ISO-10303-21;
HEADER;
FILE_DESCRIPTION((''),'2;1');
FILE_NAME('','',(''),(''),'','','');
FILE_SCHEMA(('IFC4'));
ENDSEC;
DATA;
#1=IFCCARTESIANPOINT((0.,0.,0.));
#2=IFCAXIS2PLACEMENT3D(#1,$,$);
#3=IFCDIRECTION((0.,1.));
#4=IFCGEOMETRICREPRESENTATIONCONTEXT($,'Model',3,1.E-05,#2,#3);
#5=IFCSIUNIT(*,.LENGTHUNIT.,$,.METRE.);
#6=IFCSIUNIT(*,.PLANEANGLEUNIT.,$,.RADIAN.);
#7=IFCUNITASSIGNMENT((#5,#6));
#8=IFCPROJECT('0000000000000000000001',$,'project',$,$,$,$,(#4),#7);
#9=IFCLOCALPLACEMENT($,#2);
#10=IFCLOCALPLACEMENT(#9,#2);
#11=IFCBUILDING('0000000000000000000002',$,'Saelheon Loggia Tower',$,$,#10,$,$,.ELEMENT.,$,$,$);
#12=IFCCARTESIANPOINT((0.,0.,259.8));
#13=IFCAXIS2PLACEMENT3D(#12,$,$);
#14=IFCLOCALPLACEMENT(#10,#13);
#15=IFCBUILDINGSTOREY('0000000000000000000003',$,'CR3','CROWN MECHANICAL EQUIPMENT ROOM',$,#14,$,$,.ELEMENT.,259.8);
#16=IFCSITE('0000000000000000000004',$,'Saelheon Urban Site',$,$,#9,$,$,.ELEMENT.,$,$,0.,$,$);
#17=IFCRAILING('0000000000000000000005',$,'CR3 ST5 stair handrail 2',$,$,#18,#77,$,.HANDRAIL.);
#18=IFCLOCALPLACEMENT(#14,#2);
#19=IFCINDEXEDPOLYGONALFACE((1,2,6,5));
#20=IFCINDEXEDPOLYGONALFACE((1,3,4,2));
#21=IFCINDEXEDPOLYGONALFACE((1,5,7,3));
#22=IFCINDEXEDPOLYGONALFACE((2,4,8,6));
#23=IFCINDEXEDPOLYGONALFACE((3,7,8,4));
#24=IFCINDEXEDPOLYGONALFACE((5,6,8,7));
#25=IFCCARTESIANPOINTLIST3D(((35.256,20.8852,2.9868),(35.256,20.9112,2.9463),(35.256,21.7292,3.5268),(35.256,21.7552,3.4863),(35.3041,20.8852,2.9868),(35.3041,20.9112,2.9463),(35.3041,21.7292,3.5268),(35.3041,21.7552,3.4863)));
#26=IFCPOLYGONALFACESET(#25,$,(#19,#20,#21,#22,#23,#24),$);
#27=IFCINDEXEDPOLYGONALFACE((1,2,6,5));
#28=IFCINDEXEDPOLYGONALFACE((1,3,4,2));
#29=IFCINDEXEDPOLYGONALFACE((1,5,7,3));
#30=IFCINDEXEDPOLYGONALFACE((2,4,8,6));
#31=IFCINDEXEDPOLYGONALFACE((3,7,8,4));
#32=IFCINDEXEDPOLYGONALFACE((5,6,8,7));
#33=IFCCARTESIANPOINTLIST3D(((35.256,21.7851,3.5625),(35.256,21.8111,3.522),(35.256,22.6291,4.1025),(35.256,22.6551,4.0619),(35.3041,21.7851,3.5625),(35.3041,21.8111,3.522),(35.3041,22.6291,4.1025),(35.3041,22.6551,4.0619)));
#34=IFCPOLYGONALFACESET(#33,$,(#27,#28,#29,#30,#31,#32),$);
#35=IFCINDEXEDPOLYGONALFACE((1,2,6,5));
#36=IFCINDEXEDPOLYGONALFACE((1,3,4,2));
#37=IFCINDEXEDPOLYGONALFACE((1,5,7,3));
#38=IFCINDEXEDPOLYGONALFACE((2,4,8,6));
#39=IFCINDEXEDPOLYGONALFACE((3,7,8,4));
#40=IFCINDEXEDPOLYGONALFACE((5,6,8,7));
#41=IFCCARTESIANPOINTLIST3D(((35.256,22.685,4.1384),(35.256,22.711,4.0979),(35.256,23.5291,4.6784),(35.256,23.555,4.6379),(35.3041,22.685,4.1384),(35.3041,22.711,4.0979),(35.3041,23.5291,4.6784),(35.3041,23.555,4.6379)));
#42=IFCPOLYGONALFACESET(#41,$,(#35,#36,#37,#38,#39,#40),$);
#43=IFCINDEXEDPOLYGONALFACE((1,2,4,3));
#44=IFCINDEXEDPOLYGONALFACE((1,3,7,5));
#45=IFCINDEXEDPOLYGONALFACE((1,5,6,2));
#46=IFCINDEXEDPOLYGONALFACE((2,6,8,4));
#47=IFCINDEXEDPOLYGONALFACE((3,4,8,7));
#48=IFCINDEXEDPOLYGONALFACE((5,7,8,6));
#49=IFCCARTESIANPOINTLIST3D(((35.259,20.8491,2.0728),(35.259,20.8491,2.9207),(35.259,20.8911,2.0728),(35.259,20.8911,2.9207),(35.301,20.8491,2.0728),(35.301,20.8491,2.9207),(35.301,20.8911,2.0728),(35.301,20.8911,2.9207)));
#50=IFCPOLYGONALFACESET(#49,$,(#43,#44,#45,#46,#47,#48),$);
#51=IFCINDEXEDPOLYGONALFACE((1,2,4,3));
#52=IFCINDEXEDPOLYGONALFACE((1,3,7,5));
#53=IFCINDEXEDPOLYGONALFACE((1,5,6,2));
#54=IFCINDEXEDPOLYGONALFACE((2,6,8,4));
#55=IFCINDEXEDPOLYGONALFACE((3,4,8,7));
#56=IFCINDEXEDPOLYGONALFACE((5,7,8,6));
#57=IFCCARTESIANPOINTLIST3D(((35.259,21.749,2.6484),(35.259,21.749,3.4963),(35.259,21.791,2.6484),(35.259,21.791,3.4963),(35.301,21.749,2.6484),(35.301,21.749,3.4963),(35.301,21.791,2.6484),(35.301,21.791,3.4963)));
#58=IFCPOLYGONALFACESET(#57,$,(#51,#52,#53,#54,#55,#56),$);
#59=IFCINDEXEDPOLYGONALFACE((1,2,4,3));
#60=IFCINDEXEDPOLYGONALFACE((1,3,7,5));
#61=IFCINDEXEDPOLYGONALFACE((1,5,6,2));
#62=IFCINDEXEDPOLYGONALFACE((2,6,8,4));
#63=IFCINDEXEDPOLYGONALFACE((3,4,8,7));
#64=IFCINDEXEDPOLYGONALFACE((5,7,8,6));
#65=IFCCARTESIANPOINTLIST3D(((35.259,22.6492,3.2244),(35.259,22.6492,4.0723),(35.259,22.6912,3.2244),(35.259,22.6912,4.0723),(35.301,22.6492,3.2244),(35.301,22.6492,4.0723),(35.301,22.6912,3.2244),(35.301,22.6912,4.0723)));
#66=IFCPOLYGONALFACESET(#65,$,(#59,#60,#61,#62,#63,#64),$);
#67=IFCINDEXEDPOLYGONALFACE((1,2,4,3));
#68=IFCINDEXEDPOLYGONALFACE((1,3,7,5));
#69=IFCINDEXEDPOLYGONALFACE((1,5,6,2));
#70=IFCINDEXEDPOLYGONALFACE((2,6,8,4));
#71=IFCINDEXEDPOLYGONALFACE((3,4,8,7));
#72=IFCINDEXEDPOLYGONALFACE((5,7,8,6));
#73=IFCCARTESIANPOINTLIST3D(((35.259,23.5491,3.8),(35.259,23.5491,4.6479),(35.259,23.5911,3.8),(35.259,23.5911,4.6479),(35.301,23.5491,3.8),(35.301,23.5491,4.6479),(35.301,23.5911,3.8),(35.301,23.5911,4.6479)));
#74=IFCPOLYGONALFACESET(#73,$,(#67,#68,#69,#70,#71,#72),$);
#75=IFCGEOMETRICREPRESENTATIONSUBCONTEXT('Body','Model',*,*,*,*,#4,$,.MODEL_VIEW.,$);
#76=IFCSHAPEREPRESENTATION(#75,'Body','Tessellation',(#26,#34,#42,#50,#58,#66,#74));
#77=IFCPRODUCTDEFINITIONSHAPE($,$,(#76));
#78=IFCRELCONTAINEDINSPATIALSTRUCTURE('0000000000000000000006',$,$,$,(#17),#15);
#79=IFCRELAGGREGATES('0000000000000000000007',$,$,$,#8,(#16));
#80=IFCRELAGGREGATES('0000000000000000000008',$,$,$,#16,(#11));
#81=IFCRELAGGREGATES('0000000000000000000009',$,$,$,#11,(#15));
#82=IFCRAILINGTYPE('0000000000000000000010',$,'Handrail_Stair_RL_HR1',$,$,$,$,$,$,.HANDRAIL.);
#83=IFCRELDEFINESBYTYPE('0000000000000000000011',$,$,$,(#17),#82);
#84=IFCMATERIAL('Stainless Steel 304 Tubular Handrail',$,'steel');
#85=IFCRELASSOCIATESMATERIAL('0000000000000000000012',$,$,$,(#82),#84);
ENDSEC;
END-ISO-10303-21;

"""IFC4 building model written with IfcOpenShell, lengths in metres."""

from ifc_helpers import new_model, si_unit, direction, frame, origin, origin_2d, place, context, subcontext, project, spatial, rectangle, extrude, material, type_object, element, save


model = new_model("IFC4")

# Units and contexts
model_context = context("Model", 3, precision=1e-05, world=origin(), true_north=direction((0.0, 1.0)))
body_context = subcontext(model_context, "Body", "Model", "MODEL_VIEW")
ifc_project = project(units=[si_unit("LENGTHUNIT", "METRE"), si_unit("PLANEANGLEUNIT", "RADIAN")], contexts=[model_context])

# Site, building, storey
site_placement = place(None, origin())
site = spatial("IfcSite", under=ifc_project, at=site_placement, Name="Saelheon Urban Site", CompositionType="ELEMENT", RefElevation=0.0)
building_placement = place(site_placement, origin())
building = spatial("IfcBuilding", under=site, at=building_placement, Name="Saelheon Loggia Tower", CompositionType="ELEMENT")
storey_placement = place(building_placement, frame((0.0, 0.0, 259.8)))
storey = spatial("IfcBuildingStorey", under=building, at=storey_placement, Name="CR3", Description="CROWN MECHANICAL EQUIPMENT ROOM", CompositionType="ELEMENT", Elevation=259.8)

# Railing
ifc_material_1 = material(Name="Stainless Steel 304 Tubular Handrail", Category="steel")
railing_type_1 = type_object("IfcRailingType", Name="Handrail_Stair_RL_HR1", PredefinedType="HANDRAIL", material=ifc_material_1)
railing_1_placement = place(storey_placement, frame((35.28, 20.8701, 2.0728)))
element("IfcRailing", 1, at=railing_1_placement, inside=storey, type_object=railing_type_1, Name="CR3 ST5 stair handrail 2", PredefinedType="HANDRAIL", context=body_context, shape_type="SweptSolid", body=[
    extrude(rectangle(XDim=0.0481, YDim=0.0481, at=origin_2d()), frame((0.0, 0.0281, 0.8938), z_axis=(0.0, 0.842367, 0.538905), x_axis=(-1.0, 0.0, 0.0)), (0.0, 0.0, 1.0), 1.002),
    extrude(rectangle(XDim=0.0481, YDim=0.0481, at=origin_2d()), frame((0.0, 0.928, 1.4695), z_axis=(0.0, 0.842367, 0.538905), x_axis=(-1.0, 0.0, 0.0)), (0.0, 0.0, 1.0), 1.002),
    extrude(rectangle(XDim=0.0481, YDim=0.0481, at=origin_2d()), frame((0.0, 1.8279, 2.0454), z_axis=(0.0, 0.842367, 0.538905), x_axis=(-1.0, 0.0, 0.0)), (0.0, 0.0, 1.0), 1.002),
    extrude(rectangle(XDim=0.042, YDim=0.042, at=origin_2d()), origin(), (0.0, 0.0, 1.0), 0.8479),
    extrude(rectangle(XDim=0.042, YDim=0.042, at=origin_2d()), frame((0.0, 0.8999, 0.5757)), (0.0, 0.0, 1.0), 0.8479),
    extrude(rectangle(XDim=0.042, YDim=0.042, at=origin_2d()), frame((0.0, 1.8, 1.1516)), (0.0, 0.0, 1.0), 0.8479),
    extrude(rectangle(XDim=0.042, YDim=0.042, at=origin_2d()), frame((0.0, 2.7, 1.7273)), (0.0, 0.0, 1.0), 0.8479),
])

save(model, "model.ifc")
